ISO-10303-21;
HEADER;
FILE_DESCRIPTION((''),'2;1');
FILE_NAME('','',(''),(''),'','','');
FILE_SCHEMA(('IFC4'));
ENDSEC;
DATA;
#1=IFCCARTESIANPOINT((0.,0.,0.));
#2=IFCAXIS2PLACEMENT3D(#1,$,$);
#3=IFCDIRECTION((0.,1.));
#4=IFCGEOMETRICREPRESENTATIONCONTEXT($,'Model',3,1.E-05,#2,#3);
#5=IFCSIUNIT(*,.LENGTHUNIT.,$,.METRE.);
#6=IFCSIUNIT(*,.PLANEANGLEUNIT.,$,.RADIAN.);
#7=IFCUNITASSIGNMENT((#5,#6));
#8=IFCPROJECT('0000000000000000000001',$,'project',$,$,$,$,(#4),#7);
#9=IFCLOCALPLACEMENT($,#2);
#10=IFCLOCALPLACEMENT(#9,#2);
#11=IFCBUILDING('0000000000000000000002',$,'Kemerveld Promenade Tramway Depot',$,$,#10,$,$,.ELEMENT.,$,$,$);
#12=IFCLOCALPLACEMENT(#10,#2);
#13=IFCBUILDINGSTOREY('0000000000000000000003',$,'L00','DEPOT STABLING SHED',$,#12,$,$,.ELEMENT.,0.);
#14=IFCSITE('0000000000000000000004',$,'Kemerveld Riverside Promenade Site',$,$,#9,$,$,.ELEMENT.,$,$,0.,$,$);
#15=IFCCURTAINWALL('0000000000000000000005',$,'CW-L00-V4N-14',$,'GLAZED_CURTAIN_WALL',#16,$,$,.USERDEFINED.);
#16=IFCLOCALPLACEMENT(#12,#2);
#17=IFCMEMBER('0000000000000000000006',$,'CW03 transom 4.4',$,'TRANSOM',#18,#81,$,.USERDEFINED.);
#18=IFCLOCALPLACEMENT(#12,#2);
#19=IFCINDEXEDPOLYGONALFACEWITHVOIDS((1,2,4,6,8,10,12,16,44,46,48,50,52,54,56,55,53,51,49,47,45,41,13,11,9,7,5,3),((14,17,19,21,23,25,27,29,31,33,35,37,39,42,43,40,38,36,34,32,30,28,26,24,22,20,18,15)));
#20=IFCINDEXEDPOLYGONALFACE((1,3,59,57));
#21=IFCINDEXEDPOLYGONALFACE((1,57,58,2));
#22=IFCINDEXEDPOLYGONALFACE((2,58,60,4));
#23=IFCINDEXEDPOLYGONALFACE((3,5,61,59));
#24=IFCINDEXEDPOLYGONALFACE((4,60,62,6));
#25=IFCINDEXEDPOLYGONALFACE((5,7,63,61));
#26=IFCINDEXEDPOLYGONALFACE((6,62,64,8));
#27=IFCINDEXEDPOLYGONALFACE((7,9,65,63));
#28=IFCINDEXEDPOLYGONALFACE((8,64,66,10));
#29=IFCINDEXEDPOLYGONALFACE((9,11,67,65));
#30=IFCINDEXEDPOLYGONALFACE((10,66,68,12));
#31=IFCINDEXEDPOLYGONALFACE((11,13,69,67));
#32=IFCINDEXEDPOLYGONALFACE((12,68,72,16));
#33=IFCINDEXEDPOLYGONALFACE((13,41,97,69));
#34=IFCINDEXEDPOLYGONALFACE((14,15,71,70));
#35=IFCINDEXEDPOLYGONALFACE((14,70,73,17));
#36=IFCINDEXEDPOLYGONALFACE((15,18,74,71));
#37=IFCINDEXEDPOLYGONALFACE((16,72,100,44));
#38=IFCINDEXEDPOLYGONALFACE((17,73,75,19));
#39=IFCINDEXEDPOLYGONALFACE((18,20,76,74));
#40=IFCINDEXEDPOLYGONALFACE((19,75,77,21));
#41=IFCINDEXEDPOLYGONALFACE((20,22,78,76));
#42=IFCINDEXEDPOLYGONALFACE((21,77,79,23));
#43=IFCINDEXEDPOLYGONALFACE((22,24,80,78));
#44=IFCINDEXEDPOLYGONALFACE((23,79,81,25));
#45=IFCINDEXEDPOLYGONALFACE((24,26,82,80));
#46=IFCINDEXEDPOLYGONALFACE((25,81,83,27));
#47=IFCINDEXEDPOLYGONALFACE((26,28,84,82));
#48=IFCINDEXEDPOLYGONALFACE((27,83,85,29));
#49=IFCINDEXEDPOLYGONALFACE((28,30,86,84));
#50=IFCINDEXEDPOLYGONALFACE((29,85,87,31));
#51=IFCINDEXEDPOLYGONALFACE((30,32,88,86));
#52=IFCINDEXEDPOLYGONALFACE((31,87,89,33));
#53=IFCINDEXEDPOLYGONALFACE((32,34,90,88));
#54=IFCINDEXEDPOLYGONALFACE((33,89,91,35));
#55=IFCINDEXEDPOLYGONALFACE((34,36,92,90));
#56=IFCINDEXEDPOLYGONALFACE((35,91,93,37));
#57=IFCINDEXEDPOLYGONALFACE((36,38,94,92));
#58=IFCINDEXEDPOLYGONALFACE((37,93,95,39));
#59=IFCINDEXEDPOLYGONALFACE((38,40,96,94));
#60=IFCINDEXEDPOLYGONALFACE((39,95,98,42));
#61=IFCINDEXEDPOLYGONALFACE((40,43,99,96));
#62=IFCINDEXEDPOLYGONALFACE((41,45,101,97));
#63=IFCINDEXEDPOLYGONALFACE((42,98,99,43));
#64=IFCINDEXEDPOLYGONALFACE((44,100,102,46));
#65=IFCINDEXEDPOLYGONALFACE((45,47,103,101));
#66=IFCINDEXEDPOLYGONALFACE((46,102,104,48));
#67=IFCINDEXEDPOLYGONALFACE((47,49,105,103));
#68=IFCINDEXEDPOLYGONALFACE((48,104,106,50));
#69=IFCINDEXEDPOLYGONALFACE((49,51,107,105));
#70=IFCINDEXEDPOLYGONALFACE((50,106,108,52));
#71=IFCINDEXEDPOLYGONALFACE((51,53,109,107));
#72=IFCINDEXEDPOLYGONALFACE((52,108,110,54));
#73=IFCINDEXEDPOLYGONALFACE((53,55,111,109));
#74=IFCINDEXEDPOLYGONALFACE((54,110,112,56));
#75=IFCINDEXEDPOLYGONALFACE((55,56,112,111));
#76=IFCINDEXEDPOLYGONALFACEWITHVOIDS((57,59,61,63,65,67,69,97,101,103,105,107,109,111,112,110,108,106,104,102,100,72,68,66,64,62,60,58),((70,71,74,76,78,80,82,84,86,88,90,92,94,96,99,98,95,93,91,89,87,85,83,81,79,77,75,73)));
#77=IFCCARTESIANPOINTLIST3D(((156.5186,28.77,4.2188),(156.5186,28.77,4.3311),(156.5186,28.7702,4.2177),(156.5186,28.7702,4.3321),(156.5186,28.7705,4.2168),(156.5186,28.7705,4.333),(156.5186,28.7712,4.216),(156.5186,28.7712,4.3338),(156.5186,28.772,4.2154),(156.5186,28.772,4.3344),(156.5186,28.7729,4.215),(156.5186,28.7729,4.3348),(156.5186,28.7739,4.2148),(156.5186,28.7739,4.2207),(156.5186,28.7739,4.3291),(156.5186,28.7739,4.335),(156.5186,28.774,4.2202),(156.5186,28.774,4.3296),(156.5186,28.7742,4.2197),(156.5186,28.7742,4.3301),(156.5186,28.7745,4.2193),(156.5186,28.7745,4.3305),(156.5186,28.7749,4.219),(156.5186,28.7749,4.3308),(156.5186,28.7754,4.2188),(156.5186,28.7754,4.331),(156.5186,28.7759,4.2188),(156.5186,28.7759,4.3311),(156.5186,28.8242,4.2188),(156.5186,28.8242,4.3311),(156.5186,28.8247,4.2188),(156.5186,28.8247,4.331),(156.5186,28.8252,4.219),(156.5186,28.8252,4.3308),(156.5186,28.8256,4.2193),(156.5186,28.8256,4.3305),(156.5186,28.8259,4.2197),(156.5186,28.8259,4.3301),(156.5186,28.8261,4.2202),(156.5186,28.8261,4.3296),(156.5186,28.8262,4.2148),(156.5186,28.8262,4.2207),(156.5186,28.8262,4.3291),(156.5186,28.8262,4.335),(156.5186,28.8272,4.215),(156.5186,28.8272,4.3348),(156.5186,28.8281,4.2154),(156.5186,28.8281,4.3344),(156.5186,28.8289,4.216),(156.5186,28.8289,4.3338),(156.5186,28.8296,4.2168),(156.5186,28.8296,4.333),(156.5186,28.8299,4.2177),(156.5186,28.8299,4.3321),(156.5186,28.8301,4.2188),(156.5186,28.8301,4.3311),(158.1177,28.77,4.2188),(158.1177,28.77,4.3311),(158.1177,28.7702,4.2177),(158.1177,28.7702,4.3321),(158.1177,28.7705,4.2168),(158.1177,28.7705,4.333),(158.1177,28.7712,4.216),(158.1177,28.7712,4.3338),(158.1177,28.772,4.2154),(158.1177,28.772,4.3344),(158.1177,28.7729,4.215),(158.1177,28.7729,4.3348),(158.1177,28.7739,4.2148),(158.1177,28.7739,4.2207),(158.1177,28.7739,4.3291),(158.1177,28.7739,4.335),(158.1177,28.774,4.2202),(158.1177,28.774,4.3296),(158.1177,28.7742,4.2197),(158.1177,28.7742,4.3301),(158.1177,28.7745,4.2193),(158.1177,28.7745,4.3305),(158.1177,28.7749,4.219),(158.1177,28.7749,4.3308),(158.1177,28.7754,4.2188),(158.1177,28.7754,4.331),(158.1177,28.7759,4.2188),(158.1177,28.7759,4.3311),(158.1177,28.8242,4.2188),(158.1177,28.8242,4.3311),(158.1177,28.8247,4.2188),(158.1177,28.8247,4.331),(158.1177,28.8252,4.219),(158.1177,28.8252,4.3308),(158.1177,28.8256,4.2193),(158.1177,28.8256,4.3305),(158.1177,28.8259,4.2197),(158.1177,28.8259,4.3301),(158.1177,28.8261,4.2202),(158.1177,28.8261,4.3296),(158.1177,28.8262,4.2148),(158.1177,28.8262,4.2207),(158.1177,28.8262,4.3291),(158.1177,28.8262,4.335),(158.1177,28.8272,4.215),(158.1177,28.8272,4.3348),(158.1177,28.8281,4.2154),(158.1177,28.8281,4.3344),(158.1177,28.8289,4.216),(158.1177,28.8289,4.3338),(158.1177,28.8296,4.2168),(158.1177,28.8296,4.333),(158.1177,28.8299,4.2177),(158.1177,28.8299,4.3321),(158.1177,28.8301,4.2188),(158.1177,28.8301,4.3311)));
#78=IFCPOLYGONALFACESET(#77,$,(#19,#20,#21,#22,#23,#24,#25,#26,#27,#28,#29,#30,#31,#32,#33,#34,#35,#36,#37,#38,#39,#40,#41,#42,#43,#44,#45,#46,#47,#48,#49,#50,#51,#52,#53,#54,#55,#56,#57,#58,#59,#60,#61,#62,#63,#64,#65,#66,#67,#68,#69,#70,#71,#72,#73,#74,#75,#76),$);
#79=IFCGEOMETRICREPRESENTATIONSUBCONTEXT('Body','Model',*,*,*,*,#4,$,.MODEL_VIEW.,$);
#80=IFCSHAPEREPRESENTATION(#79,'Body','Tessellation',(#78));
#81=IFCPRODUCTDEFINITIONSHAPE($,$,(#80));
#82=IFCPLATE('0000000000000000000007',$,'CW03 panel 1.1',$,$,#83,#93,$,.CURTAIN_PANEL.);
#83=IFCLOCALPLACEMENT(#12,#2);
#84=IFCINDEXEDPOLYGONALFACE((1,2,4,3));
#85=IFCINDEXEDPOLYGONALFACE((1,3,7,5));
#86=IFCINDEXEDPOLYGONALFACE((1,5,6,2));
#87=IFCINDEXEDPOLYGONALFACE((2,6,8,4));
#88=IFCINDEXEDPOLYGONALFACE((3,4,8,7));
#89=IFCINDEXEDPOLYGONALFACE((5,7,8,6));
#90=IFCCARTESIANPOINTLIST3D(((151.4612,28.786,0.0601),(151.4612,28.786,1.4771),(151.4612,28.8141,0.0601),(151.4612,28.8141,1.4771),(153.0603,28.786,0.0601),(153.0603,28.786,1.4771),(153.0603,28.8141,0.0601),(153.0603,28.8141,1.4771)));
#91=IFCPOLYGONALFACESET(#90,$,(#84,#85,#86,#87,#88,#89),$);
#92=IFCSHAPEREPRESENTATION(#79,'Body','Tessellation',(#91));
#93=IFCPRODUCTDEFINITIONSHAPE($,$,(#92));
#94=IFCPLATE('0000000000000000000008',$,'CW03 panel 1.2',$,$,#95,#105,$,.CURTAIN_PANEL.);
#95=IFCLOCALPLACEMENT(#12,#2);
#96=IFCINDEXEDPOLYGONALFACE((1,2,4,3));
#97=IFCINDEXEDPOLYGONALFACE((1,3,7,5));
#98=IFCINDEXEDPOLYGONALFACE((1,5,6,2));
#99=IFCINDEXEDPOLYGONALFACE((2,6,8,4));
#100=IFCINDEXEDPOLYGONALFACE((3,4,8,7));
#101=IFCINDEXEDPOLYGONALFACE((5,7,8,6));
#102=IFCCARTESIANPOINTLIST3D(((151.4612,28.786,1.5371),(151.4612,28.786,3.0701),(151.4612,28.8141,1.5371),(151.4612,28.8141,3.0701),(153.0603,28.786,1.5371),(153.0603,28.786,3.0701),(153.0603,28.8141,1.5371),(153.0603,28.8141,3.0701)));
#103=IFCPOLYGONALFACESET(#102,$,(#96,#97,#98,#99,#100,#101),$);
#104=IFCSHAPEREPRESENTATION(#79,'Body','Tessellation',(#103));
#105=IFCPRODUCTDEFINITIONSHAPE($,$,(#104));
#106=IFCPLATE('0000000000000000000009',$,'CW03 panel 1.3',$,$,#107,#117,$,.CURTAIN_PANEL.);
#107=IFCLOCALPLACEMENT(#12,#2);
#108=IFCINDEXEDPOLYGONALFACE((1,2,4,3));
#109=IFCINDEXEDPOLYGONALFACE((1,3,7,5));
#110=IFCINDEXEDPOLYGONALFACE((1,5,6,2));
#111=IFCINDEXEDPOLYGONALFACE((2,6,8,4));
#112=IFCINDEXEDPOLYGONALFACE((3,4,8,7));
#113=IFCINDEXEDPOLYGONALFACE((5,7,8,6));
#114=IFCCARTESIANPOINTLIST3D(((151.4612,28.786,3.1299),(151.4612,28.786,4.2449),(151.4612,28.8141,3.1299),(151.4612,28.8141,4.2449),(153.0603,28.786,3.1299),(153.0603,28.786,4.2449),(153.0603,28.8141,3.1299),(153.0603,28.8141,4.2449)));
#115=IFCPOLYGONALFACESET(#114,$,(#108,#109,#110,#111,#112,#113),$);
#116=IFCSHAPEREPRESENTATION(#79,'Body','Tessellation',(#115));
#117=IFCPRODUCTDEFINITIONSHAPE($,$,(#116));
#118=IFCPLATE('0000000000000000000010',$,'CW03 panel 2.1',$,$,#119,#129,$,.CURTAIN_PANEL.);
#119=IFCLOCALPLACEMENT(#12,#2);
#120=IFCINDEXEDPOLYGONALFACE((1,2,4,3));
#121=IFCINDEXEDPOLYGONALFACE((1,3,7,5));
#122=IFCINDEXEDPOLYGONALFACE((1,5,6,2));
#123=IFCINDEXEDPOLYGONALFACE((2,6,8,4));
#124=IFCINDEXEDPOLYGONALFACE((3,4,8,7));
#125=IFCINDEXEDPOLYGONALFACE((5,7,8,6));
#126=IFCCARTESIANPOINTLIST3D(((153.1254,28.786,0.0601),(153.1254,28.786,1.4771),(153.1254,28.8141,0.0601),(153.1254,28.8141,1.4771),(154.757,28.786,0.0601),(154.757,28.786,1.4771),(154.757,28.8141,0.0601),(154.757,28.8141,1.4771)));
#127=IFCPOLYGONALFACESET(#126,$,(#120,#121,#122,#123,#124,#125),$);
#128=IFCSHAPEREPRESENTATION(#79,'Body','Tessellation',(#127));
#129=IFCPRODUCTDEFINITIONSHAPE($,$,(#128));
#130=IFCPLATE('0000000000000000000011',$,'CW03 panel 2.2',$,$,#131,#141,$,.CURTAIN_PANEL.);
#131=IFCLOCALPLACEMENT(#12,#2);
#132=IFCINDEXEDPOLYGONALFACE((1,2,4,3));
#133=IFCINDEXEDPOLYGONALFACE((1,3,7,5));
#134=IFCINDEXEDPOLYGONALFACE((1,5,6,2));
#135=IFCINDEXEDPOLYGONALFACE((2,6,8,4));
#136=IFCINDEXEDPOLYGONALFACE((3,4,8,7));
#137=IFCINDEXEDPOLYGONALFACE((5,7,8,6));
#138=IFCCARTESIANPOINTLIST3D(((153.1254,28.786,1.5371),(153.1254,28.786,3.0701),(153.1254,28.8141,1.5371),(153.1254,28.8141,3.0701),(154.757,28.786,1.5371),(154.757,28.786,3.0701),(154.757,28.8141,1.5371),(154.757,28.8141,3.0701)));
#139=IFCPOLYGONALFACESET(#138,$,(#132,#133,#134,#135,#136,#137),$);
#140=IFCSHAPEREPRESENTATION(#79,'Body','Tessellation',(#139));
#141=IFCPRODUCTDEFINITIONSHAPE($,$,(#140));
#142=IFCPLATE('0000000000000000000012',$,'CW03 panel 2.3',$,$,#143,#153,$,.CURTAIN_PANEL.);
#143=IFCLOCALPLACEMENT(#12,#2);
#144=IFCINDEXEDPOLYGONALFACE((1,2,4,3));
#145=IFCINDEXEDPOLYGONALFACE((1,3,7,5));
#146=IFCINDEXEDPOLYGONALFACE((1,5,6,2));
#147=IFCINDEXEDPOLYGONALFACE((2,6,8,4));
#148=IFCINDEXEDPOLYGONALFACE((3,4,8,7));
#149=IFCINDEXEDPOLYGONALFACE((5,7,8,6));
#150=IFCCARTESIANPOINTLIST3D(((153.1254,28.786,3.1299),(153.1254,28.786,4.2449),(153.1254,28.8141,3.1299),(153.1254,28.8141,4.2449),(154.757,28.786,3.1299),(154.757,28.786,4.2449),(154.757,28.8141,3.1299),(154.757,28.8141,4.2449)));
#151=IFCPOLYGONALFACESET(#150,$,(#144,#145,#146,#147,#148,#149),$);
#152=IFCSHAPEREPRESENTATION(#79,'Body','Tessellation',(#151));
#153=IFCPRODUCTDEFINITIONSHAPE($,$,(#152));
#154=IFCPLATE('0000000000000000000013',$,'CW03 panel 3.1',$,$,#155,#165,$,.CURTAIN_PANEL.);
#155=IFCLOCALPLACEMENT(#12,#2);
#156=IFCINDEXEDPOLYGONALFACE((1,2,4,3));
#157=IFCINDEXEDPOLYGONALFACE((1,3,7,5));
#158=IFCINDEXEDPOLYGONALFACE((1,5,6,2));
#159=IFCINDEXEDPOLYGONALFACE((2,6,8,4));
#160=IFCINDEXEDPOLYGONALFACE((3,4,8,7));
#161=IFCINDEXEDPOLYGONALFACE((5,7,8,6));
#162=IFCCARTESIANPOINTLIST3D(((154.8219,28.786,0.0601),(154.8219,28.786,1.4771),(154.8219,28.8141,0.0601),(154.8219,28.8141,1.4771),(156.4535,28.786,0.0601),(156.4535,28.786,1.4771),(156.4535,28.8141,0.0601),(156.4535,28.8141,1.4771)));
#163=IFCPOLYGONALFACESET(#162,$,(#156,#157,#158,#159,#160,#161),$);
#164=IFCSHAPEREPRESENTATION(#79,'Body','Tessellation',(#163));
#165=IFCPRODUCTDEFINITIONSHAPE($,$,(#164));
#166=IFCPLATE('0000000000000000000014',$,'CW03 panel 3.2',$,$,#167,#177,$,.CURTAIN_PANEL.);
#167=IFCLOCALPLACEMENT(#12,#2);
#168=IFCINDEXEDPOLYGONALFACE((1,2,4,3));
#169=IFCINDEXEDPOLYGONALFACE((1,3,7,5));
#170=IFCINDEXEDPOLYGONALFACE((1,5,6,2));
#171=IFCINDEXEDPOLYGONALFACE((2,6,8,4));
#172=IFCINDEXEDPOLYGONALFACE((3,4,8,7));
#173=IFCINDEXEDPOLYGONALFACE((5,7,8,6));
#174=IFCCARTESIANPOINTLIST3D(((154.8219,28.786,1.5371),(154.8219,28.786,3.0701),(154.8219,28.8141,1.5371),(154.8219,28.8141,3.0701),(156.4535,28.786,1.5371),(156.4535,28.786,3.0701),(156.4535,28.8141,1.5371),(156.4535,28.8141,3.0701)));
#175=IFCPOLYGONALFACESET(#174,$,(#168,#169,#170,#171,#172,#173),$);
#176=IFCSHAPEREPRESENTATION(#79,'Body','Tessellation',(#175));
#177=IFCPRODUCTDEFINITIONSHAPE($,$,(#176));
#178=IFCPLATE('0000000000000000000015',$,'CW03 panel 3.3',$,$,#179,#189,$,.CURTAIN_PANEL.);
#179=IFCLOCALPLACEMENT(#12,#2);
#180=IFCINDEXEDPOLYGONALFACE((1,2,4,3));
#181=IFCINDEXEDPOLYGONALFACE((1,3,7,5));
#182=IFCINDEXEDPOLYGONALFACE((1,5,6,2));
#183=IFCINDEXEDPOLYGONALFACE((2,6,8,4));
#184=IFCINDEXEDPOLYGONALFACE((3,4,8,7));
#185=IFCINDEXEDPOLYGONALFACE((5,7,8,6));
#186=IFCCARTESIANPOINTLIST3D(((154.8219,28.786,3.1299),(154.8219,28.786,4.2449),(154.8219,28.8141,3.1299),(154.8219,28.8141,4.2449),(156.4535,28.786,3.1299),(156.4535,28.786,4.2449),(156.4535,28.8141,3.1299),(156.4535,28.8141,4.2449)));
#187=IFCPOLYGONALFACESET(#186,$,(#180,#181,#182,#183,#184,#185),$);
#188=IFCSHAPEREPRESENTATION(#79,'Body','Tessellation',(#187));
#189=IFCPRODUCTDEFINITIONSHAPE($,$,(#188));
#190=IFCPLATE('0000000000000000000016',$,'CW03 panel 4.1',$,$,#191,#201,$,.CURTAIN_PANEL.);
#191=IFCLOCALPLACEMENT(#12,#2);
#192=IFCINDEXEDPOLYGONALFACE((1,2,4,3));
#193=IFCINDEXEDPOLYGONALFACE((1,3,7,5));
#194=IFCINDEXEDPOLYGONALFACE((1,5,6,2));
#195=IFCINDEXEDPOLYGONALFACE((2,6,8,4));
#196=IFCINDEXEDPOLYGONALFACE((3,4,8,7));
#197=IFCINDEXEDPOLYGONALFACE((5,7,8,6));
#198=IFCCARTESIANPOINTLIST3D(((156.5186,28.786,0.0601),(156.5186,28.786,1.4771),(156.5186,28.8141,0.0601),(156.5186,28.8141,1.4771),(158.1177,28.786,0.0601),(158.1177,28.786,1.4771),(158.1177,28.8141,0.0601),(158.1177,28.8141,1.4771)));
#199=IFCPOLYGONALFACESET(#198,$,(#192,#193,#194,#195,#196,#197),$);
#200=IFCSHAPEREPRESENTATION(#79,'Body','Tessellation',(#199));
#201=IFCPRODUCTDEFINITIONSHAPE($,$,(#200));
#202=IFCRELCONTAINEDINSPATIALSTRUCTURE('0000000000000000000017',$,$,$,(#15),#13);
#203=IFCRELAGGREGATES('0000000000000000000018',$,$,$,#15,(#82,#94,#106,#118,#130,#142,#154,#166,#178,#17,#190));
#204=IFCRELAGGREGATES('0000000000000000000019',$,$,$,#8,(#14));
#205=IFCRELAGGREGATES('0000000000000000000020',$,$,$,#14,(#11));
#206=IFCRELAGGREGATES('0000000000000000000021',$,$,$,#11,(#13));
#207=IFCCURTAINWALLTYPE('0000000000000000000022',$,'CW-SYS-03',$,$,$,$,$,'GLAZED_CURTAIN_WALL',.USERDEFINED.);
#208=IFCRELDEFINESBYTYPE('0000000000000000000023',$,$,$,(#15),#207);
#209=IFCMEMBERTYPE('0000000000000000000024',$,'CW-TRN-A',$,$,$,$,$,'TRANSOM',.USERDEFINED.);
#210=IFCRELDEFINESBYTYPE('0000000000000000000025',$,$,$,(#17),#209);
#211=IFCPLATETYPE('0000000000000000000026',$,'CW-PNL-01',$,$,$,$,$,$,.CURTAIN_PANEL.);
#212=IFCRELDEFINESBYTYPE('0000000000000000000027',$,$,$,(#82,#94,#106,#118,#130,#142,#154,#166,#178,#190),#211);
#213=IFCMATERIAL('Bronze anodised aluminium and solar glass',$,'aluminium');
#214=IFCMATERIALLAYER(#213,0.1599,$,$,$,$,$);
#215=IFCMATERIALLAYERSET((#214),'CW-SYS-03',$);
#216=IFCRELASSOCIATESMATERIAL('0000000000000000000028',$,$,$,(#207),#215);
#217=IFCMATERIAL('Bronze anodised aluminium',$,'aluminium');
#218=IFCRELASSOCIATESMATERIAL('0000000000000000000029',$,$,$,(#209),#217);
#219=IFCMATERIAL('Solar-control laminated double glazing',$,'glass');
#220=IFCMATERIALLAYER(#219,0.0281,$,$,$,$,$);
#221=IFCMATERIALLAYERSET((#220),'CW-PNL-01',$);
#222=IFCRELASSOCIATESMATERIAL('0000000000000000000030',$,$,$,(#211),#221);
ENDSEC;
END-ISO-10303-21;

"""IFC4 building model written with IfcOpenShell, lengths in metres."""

from ifc_helpers import new_model, si_unit, direction, frame, origin, origin_2d, place, context, subcontext, project, spatial, rectangle, hollow_rectangle, extrude, material, layer, layer_set, material_profile, profile_set, type_object, element, aggregate, save


model = new_model("IFC4")

# Units and contexts
model_context = context("Model", 3, precision=1e-05, world=origin(), true_north=direction((0.0, 1.0)))
body_context = subcontext(model_context, "Body", "Model", "MODEL_VIEW")
ifc_project = project(units=[si_unit("LENGTHUNIT", "METRE"), si_unit("PLANEANGLEUNIT", "RADIAN")], contexts=[model_context])

# Site, building, storey
site_placement = place(None, origin())
site = spatial("IfcSite", under=ifc_project, at=site_placement, Name="Kemerveld Riverside Promenade Site", CompositionType="ELEMENT", RefElevation=0.0)
building_placement = place(site_placement, origin())
building = spatial("IfcBuilding", under=site, at=building_placement, Name="Kemerveld Promenade Tramway Depot", CompositionType="ELEMENT")
storey_placement = place(building_placement, origin())
storey = spatial("IfcBuildingStorey", under=building, at=storey_placement, Name="L00", Description="DEPOT STABLING SHED", CompositionType="ELEMENT", Elevation=0.0)

# Curtain wall, member, plates
ifc_material_1 = material(Name="Bronze anodised aluminium and solar glass", Category="aluminium")
ifc_layer_1 = layer(ifc_material_1, 0.1599)
ifc_layer_set_1 = layer_set([ifc_layer_1], Name="CW-SYS-03")
curtain_wall_type = type_object("IfcCurtainWallType", Name="CW-SYS-03", ElementType="GLAZED_CURTAIN_WALL", PredefinedType="USERDEFINED", material=ifc_layer_set_1)
curtain_wall_placement = place(storey_placement, origin())
curtain_wall = element("IfcCurtainWall", 1, at=curtain_wall_placement, inside=storey, type_object=curtain_wall_type, Name="CW-L00-V4N-14", ObjectType="GLAZED_CURTAIN_WALL", PredefinedType="USERDEFINED")
ifc_material_2 = material(Name="Bronze anodised aluminium", Category="aluminium")
ifc_material_profile_1 = material_profile(ifc_material_2, hollow_rectangle(XDim=0.0601, YDim=0.1201, WallThickness=0.0039, InnerFilletRadius=0.002, OuterFilletRadius=0.0039, at=origin_2d()), Name="CW-TRN-120x60")
ifc_profile_set_1 = profile_set([ifc_material_profile_1], Name="Bronze anodised aluminium")
member_type_1 = type_object("IfcMemberType", Name="CW-TRN-A", ElementType="TRANSOM", PredefinedType="USERDEFINED", material=ifc_profile_set_1)
member_1_placement = place(storey_placement, frame((156.5186, 28.8, 4.2749), z_axis=(1.0, 0.0, 0.0), x_axis=(0.0, 1.0, 0.0)))
member_1 = element("IfcMember", 2, at=member_1_placement, type_object=member_type_1, Name="CW03 transom 4.4", ObjectType="TRANSOM", PredefinedType="USERDEFINED", context=body_context, shape_type="SweptSolid", body=[
    extrude(hollow_rectangle(XDim=0.0601, YDim=0.1201, WallThickness=0.0039, InnerFilletRadius=0.002, OuterFilletRadius=0.0039, at=origin_2d()), origin(), (0.0, 0.0, 1.0), 1.5991),
])
ifc_material_3 = material(Name="Solar-control laminated double glazing", Category="glass")
ifc_layer_2 = layer(ifc_material_3, 0.0281)
ifc_layer_set_2 = layer_set([ifc_layer_2], Name="CW-PNL-01")
plate_type = type_object("IfcPlateType", Name="CW-PNL-01", PredefinedType="CURTAIN_PANEL", material=ifc_layer_set_2)
plate_1_placement = place(storey_placement, frame((152.2607, 28.8, 0.0601), z_axis=(0.0, 0.0, 1.0), x_axis=(1.0, 0.0, 0.0)))
plate_1 = element("IfcPlate", 3, at=plate_1_placement, type_object=plate_type, Name="CW03 panel 1.1", PredefinedType="CURTAIN_PANEL", context=body_context, shape_type="SweptSolid", body=[
    extrude(rectangle(XDim=1.5991, YDim=0.0281, at=origin_2d()), origin(), (0.0, 0.0, 1.0), 1.417),
])
plate_2_placement = place(storey_placement, frame((152.2607, 28.8, 1.5371), z_axis=(0.0, 0.0, 1.0), x_axis=(1.0, 0.0, 0.0)))
plate_2 = element("IfcPlate", 4, at=plate_2_placement, type_object=plate_type, Name="CW03 panel 1.2", PredefinedType="CURTAIN_PANEL", context=body_context, shape_type="SweptSolid", body=[
    extrude(rectangle(XDim=1.5991, YDim=0.0281, at=origin_2d()), origin(), (0.0, 0.0, 1.0), 1.533),
])
plate_3_placement = place(storey_placement, frame((152.2607, 28.8, 3.1299), z_axis=(0.0, 0.0, 1.0), x_axis=(1.0, 0.0, 0.0)))
plate_3 = element("IfcPlate", 5, at=plate_3_placement, type_object=plate_type, Name="CW03 panel 1.3", PredefinedType="CURTAIN_PANEL", context=body_context, shape_type="SweptSolid", body=[
    extrude(rectangle(XDim=1.5991, YDim=0.0281, at=origin_2d()), origin(), (0.0, 0.0, 1.0), 1.115),
])
plate_4_placement = place(storey_placement, frame((153.9412, 28.8, 0.0601), z_axis=(0.0, 0.0, 1.0), x_axis=(1.0, 0.0, 0.0)))
plate_4 = element("IfcPlate", 6, at=plate_4_placement, type_object=plate_type, Name="CW03 panel 2.1", PredefinedType="CURTAIN_PANEL", context=body_context, shape_type="SweptSolid", body=[
    extrude(rectangle(XDim=1.6316, YDim=0.0281, at=origin_2d()), origin(), (0.0, 0.0, 1.0), 1.417),
])
plate_5_placement = place(storey_placement, frame((153.9412, 28.8, 1.5371), z_axis=(0.0, 0.0, 1.0), x_axis=(1.0, 0.0, 0.0)))
plate_5 = element("IfcPlate", 7, at=plate_5_placement, type_object=plate_type, Name="CW03 panel 2.2", PredefinedType="CURTAIN_PANEL", context=body_context, shape_type="SweptSolid", body=[
    extrude(rectangle(XDim=1.6316, YDim=0.0281, at=origin_2d()), origin(), (0.0, 0.0, 1.0), 1.533),
])
plate_6_placement = place(storey_placement, frame((153.9412, 28.8, 3.1299), z_axis=(0.0, 0.0, 1.0), x_axis=(1.0, 0.0, 0.0)))
plate_6 = element("IfcPlate", 8, at=plate_6_placement, type_object=plate_type, Name="CW03 panel 2.3", PredefinedType="CURTAIN_PANEL", context=body_context, shape_type="SweptSolid", body=[
    extrude(rectangle(XDim=1.6316, YDim=0.0281, at=origin_2d()), origin(), (0.0, 0.0, 1.0), 1.115),
])
plate_7_placement = place(storey_placement, frame((155.6377, 28.8, 0.0601), z_axis=(0.0, 0.0, 1.0), x_axis=(1.0, 0.0, 0.0)))
plate_7 = element("IfcPlate", 9, at=plate_7_placement, type_object=plate_type, Name="CW03 panel 3.1", PredefinedType="CURTAIN_PANEL", context=body_context, shape_type="SweptSolid", body=[
    extrude(rectangle(XDim=1.6316, YDim=0.0281, at=origin_2d()), origin(), (0.0, 0.0, 1.0), 1.417),
])
plate_8_placement = place(storey_placement, frame((155.6377, 28.8, 1.5371), z_axis=(0.0, 0.0, 1.0), x_axis=(1.0, 0.0, 0.0)))
plate_8 = element("IfcPlate", 10, at=plate_8_placement, type_object=plate_type, Name="CW03 panel 3.2", PredefinedType="CURTAIN_PANEL", context=body_context, shape_type="SweptSolid", body=[
    extrude(rectangle(XDim=1.6316, YDim=0.0281, at=origin_2d()), origin(), (0.0, 0.0, 1.0), 1.533),
])
plate_9_placement = place(storey_placement, frame((155.6377, 28.8, 3.1299), z_axis=(0.0, 0.0, 1.0), x_axis=(1.0, 0.0, 0.0)))
plate_9 = element("IfcPlate", 11, at=plate_9_placement, type_object=plate_type, Name="CW03 panel 3.3", PredefinedType="CURTAIN_PANEL", context=body_context, shape_type="SweptSolid", body=[
    extrude(rectangle(XDim=1.6316, YDim=0.0281, at=origin_2d()), origin(), (0.0, 0.0, 1.0), 1.115),
])
plate_10_placement = place(storey_placement, frame((157.3181, 28.8, 0.0601), z_axis=(0.0, 0.0, 1.0), x_axis=(1.0, 0.0, 0.0)))
plate_10 = element("IfcPlate", 12, at=plate_10_placement, type_object=plate_type, Name="CW03 panel 4.1", PredefinedType="CURTAIN_PANEL", context=body_context, shape_type="SweptSolid", body=[
    extrude(rectangle(XDim=1.5991, YDim=0.0281, at=origin_2d()), origin(), (0.0, 0.0, 1.0), 1.417),
])
aggregate(curtain_wall, [plate_1, plate_2, plate_3, plate_4, plate_5, plate_6, plate_7, plate_8, plate_9, member_1, plate_10])

save(model, "model.ifc")
